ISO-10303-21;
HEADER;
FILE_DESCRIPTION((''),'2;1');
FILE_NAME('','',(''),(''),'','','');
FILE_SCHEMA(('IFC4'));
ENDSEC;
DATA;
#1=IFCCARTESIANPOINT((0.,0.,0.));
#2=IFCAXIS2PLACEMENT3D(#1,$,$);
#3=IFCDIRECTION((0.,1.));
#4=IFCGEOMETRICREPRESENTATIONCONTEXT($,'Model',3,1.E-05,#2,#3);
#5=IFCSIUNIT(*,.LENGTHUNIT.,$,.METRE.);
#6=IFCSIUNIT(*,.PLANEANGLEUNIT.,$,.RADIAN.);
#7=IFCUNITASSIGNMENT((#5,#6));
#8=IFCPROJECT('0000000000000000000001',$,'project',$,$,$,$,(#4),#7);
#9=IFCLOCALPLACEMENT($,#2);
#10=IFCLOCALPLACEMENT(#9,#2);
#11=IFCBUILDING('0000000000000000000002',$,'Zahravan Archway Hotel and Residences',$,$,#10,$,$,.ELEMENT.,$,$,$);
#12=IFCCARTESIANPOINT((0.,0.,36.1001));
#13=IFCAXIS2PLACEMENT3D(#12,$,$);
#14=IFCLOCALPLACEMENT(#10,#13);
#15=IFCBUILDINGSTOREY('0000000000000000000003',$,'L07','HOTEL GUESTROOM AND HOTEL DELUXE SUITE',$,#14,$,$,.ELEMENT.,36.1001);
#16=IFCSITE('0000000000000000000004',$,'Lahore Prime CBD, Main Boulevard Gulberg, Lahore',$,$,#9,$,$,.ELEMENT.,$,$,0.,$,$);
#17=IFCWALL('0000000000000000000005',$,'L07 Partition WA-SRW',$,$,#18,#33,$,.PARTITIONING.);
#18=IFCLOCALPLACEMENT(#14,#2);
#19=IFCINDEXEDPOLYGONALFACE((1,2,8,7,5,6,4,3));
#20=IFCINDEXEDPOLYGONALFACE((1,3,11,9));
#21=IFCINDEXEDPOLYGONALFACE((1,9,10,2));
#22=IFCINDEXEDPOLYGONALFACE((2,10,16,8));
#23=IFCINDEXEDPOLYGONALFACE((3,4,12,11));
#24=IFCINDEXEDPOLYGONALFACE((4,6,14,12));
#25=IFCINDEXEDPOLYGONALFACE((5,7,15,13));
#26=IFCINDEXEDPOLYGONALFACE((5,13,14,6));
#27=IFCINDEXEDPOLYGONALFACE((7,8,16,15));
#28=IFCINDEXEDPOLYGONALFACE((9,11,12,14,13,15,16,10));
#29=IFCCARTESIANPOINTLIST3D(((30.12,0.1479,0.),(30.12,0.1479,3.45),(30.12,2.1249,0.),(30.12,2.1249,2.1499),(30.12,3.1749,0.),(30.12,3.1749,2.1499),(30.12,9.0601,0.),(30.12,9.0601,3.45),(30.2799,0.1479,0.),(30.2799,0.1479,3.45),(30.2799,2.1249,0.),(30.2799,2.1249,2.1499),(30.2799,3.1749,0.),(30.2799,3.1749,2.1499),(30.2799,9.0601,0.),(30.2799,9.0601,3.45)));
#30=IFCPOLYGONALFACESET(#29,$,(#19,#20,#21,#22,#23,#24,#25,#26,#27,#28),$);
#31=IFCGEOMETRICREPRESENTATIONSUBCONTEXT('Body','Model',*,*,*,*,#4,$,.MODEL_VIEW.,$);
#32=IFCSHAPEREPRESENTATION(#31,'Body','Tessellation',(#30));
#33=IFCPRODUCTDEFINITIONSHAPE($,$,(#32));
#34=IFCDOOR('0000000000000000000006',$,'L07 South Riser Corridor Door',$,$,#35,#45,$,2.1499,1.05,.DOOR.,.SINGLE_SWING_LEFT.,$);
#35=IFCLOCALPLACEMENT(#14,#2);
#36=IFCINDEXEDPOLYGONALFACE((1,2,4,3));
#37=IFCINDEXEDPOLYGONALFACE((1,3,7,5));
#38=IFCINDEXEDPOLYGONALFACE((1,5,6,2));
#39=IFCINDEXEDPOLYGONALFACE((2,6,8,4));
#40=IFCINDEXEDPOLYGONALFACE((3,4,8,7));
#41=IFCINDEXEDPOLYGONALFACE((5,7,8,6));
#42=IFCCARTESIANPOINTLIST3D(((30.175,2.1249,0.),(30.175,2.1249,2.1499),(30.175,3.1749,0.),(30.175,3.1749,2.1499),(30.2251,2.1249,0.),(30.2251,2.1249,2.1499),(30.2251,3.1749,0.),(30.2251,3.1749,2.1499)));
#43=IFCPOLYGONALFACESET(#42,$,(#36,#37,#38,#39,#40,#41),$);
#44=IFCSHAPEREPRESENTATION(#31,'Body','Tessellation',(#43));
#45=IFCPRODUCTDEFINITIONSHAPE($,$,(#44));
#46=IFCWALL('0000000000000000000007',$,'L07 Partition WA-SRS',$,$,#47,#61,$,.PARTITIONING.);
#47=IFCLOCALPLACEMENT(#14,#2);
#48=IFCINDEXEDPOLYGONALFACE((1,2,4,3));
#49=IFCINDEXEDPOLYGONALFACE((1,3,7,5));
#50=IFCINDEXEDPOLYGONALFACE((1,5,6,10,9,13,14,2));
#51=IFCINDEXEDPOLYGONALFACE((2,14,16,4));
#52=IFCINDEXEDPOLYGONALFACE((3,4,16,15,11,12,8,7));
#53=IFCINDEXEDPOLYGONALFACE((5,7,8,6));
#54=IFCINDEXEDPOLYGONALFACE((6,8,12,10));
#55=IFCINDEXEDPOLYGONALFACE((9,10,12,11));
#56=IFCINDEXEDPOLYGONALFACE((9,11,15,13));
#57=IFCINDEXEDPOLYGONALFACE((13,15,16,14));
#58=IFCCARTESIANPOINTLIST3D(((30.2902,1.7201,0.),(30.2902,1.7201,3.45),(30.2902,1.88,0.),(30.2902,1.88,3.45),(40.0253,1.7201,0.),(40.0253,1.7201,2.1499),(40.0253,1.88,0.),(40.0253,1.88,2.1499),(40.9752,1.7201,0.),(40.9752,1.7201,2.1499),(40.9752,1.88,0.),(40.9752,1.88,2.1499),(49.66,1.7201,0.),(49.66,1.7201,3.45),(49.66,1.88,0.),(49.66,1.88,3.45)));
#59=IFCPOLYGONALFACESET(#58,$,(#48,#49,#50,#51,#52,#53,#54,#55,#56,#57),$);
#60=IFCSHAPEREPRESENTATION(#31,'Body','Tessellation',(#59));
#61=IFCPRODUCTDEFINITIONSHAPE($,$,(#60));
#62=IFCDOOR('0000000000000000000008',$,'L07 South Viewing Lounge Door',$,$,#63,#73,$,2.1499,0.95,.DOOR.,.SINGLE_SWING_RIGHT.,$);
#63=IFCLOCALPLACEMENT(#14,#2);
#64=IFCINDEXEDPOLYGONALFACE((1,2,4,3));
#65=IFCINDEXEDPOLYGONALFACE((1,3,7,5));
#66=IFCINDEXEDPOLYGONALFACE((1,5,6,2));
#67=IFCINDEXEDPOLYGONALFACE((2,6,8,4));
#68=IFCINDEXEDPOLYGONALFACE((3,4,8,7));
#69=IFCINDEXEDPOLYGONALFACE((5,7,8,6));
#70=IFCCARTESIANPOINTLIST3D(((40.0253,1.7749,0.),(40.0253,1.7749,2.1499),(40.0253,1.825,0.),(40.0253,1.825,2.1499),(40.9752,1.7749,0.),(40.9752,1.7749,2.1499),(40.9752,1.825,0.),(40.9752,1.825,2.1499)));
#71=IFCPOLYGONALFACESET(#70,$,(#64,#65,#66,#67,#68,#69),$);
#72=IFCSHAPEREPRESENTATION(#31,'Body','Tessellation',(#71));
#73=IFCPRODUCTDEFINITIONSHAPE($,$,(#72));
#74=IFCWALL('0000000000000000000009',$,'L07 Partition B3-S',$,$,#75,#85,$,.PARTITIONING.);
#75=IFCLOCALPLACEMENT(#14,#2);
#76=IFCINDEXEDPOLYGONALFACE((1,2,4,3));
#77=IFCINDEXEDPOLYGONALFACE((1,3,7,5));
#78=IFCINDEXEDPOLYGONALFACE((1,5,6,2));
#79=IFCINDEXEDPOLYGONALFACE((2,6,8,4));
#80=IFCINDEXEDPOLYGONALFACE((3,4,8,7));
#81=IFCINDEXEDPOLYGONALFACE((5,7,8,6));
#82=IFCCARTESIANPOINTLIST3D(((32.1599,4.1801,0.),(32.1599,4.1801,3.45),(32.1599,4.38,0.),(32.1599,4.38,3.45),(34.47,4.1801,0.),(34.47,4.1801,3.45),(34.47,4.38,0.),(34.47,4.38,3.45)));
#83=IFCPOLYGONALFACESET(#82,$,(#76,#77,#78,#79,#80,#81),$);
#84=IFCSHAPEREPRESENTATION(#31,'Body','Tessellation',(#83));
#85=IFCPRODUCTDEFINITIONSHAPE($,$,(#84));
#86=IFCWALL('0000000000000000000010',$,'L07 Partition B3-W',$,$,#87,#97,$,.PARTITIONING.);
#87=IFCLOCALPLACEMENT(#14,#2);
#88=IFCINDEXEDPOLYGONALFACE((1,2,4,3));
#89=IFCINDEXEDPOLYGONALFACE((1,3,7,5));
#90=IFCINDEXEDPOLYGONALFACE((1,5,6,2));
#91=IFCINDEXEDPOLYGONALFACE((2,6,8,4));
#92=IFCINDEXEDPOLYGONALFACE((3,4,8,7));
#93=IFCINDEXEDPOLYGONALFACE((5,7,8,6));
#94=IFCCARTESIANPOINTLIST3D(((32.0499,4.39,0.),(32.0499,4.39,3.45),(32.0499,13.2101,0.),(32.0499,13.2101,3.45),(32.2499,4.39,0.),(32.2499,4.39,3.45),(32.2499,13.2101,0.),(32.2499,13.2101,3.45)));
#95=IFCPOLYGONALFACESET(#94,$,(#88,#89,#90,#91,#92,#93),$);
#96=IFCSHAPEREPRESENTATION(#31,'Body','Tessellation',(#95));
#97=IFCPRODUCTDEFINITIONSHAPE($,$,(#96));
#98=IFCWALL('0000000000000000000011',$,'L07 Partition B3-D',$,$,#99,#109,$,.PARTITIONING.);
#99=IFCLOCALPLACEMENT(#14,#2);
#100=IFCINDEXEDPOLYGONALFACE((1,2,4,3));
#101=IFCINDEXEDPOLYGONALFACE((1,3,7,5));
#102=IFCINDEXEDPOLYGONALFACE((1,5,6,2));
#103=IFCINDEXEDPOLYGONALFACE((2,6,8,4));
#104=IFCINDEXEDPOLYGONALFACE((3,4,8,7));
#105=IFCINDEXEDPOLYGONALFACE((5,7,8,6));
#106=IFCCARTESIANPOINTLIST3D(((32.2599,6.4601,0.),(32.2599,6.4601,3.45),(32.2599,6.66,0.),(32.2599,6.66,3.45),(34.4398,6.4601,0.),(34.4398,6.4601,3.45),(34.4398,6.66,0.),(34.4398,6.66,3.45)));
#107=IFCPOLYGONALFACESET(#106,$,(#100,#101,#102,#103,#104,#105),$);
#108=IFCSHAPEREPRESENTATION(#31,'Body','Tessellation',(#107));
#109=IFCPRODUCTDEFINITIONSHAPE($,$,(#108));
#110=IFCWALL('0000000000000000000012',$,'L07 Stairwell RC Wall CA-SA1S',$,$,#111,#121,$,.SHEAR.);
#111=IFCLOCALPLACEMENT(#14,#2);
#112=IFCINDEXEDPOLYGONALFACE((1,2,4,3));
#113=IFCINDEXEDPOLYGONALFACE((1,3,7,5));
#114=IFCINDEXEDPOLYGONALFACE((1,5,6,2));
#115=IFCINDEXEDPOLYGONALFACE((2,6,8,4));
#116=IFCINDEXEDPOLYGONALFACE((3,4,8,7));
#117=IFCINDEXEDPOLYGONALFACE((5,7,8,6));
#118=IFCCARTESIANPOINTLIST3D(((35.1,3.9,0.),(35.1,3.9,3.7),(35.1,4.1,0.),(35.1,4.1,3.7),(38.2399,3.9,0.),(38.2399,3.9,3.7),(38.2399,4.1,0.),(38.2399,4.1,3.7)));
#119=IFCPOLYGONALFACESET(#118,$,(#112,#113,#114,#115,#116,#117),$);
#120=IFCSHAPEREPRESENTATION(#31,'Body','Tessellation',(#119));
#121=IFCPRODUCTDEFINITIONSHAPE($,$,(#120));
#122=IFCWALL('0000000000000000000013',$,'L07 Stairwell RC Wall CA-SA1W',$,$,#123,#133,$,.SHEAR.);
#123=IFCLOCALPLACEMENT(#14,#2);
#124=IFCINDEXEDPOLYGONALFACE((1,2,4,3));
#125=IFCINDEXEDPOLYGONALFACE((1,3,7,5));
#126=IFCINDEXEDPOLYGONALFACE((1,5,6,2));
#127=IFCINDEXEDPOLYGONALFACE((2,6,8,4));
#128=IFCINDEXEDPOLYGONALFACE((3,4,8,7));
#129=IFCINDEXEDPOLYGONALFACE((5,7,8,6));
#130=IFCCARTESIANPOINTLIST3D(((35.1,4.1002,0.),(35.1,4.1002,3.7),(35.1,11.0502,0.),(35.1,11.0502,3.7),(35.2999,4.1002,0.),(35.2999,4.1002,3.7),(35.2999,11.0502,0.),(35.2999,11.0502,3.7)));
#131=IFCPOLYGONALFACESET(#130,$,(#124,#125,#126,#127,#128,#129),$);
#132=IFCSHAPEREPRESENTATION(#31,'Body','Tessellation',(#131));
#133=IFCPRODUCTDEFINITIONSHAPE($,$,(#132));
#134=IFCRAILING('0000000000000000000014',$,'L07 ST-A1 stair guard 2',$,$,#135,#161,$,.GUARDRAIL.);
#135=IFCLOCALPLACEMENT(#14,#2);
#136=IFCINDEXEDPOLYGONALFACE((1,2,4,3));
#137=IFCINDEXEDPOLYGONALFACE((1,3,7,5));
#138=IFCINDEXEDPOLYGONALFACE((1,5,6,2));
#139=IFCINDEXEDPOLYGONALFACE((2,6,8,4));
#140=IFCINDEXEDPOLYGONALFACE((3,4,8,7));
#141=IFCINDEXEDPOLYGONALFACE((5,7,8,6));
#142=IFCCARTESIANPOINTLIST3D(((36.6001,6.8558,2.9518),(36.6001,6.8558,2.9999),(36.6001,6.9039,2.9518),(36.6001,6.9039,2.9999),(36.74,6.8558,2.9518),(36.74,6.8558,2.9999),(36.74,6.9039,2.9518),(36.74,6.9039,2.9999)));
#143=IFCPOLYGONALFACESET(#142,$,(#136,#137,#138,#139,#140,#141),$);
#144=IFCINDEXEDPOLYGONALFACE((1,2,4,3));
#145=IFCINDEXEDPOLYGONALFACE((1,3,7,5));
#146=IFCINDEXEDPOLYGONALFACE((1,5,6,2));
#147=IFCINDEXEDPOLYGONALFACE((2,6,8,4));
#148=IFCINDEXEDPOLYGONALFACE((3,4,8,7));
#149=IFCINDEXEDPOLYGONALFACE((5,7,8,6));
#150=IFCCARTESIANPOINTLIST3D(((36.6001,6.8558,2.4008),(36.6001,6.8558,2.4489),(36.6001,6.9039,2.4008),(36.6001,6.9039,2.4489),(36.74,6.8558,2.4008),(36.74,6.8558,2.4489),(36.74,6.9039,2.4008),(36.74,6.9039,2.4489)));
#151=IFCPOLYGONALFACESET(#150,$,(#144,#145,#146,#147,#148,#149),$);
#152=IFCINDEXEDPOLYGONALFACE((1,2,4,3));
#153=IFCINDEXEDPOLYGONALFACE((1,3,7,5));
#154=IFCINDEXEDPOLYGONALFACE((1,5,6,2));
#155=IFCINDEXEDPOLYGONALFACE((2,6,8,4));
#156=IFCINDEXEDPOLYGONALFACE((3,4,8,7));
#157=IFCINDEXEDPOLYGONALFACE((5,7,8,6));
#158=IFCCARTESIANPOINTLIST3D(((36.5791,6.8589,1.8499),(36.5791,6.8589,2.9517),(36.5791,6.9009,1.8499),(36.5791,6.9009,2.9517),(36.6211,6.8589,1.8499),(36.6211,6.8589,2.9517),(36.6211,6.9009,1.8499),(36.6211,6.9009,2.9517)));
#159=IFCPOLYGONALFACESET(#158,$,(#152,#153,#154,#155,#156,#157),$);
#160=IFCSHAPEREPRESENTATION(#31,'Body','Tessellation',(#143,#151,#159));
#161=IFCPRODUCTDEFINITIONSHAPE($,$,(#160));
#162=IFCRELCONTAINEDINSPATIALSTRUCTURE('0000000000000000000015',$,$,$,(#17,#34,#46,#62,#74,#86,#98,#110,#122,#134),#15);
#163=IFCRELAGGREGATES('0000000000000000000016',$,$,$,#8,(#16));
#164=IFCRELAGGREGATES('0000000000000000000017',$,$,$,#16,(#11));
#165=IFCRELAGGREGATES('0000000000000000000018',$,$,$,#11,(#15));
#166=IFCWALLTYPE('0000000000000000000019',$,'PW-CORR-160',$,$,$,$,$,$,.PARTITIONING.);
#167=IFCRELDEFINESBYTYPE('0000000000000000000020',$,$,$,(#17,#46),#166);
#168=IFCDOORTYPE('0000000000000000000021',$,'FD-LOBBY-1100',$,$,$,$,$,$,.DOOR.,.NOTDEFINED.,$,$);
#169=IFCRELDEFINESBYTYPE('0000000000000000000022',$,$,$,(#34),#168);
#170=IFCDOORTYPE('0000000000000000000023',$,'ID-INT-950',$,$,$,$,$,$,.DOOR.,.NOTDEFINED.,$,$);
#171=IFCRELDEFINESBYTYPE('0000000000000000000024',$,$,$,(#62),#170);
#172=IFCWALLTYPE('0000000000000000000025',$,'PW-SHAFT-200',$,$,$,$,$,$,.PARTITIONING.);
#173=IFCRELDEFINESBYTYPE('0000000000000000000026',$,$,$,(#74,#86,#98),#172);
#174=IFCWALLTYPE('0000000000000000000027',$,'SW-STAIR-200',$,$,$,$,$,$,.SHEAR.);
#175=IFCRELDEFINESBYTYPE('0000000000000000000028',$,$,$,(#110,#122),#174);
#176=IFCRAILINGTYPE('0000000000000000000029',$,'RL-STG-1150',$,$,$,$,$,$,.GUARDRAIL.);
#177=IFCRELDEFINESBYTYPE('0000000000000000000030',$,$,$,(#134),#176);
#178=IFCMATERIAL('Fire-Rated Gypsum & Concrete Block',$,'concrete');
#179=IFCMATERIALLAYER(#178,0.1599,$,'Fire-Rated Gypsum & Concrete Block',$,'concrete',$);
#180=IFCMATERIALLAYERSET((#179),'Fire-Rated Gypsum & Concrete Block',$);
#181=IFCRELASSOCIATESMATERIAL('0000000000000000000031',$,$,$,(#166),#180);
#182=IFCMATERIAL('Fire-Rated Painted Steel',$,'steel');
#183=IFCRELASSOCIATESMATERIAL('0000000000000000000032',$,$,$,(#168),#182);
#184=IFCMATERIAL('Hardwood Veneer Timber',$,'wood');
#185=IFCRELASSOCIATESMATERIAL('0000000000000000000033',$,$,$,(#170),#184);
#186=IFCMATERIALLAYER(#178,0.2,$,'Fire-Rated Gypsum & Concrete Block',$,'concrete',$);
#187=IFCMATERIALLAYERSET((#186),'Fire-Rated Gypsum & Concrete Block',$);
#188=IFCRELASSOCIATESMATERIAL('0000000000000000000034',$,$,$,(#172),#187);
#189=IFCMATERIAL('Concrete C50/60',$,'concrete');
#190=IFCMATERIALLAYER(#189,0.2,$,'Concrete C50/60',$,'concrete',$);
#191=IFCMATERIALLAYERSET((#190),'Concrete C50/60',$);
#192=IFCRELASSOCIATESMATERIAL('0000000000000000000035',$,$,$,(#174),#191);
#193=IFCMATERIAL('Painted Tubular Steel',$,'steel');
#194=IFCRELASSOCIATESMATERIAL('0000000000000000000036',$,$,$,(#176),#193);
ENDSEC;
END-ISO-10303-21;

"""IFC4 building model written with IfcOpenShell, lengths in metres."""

from ifc_helpers import new_model, si_unit, direction, frame, frame_2d, origin, origin_2d, place, context, subcontext, project, spatial, rectangle, extrude, source, transform, mapped, material, layer, layer_set, type_object, type_shapes, element, fill, save


model = new_model("IFC4")

# Units and contexts
model_context = context("Model", 3, precision=1e-05, world=origin(), true_north=direction((0.0, 1.0)))
body_context = subcontext(model_context, "Body", "Model", "MODEL_VIEW")
ifc_project = project(units=[si_unit("LENGTHUNIT", "METRE"), si_unit("PLANEANGLEUNIT", "RADIAN")], contexts=[model_context])

# Site, building, storey
site_placement = place(None, origin())
site = spatial("IfcSite", under=ifc_project, at=site_placement, Name="Lahore Prime CBD, Main Boulevard Gulberg, Lahore", CompositionType="ELEMENT", RefElevation=0.0)
building_placement = place(site_placement, origin())
building = spatial("IfcBuilding", under=site, at=building_placement, Name="Zahravan Archway Hotel and Residences", CompositionType="ELEMENT")
storey_placement = place(building_placement, frame((0.0, 0.0, 36.1001)))
storey = spatial("IfcBuildingStorey", under=building, at=storey_placement, Name="L07", Description="HOTEL GUESTROOM AND HOTEL DELUXE SUITE", CompositionType="ELEMENT", Elevation=36.1001)

# Shared definitions
ifc_material_1 = material(Name="Fire-Rated Painted Steel", Category="steel")

# Walls, openings, doors
ifc_material_2 = material(Name="Fire-Rated Gypsum & Concrete Block", Category="concrete")
ifc_layer_1 = layer(ifc_material_2, 0.1599, Name="Fire-Rated Gypsum & Concrete Block", Category="concrete")
ifc_layer_set_1 = layer_set([ifc_layer_1], Name="Fire-Rated Gypsum & Concrete Block")
wall_type_1 = type_object("IfcWallType", Name="PW-CORR-160", PredefinedType="PARTITIONING", material=ifc_layer_set_1)
wall_1_placement = place(storey_placement, frame((30.2, 0.1479, 0.0), z_axis=(0.0, 0.0, 1.0), x_axis=(0.0, 1.0, 0.0)))
wall_1 = element("IfcWall", 1, at=wall_1_placement, inside=storey, type_object=wall_type_1, Name="L07 Partition WA-SRW", PredefinedType="PARTITIONING", context=body_context, shape_type="SweptSolid", body=[
    extrude(rectangle(XDim=8.9121, YDim=0.1599, at=frame_2d((4.4561, 0.0))), origin(), (0.0, 0.0, 1.0), 3.45),
])
opening_1_placement = place(wall_1_placement, frame((1.9771, 0.0, 0.0)))
opening_1 = element("IfcOpeningElement", 2, at=opening_1_placement, cuts=wall_1, PredefinedType="OPENING", context=body_context, shape_type="SweptSolid", body=[
    extrude(rectangle(XDim=1.05, YDim=2.1499, at=frame_2d((0.5249, 1.075))), frame((0.0, 0.0898, 0.0), z_axis=(0.0, -1.0, 0.0), x_axis=(1.0, 0.0, 0.0)), (0.0, 0.0, 1.0), 0.1799),
])
door_type_1 = type_object("IfcDoorType", Name="FD-LOBBY-1100", OperationType="NOTDEFINED", PredefinedType="DOOR", material=ifc_material_1)
shared_shape_1 = source(origin(), body_context, "Body", "SweptSolid", [
    extrude(rectangle(XDim=1.05, YDim=2.1499, at=frame_2d((0.5249, 1.075))), frame((0.0, 0.0249, 0.0), z_axis=(0.0, -1.0, 0.0), x_axis=(1.0, 0.0, 0.0)), (0.0, 0.0, 1.0), 0.05),
])
type_shapes(door_type_1, [shared_shape_1])
door_1_placement = place(opening_1_placement, origin())
door_1 = element("IfcDoor", 3, at=door_1_placement, inside=storey, type_object=door_type_1, Name="L07 South Riser Corridor Door", OperationType="SINGLE_SWING_LEFT", OverallHeight=2.1499, OverallWidth=1.05, PredefinedType="DOOR", context=body_context, shape_type="MappedRepresentation", body=[
    mapped(shared_shape_1, transform((0.0, 0.0, 0.0), scale=1.0)),
])
fill(opening_1, door_1)
wall_2_placement = place(storey_placement, frame((30.29, 1.8, 0.0), z_axis=(0.0, 0.0, 1.0), x_axis=(1.0, 0.0, 0.0)))
wall_2 = element("IfcWall", 4, at=wall_2_placement, inside=storey, type_object=wall_type_1, Name="L07 Partition WA-SRS", PredefinedType="PARTITIONING", context=body_context, shape_type="SweptSolid", body=[
    extrude(rectangle(XDim=19.3699, YDim=0.1599, at=frame_2d((9.6851, 0.0))), origin(), (0.0, 0.0, 1.0), 3.45),
])
opening_2_placement = place(wall_2_placement, frame((9.7351, 0.0, 0.0)))
opening_2 = element("IfcOpeningElement", 5, at=opening_2_placement, cuts=wall_2, PredefinedType="OPENING", context=body_context, shape_type="SweptSolid", body=[
    extrude(rectangle(XDim=0.95, YDim=2.1499, at=frame_2d((0.4751, 1.075))), frame((0.0, 0.0898, 0.0), z_axis=(0.0, -1.0, 0.0), x_axis=(1.0, 0.0, 0.0)), (0.0, 0.0, 1.0), 0.1799),
])
ifc_material_3 = material(Name="Hardwood Veneer Timber", Category="wood")
door_type_2 = type_object("IfcDoorType", Name="ID-INT-950", OperationType="NOTDEFINED", PredefinedType="DOOR", material=ifc_material_3)
shared_shape_2 = source(origin(), body_context, "Body", "SweptSolid", [
    extrude(rectangle(XDim=0.95, YDim=2.1499, at=frame_2d((0.4751, 1.075))), frame((0.0, 0.0249, 0.0), z_axis=(0.0, -1.0, 0.0), x_axis=(1.0, 0.0, 0.0)), (0.0, 0.0, 1.0), 0.05),
])
type_shapes(door_type_2, [shared_shape_2])
door_2_placement = place(opening_2_placement, origin())
door_2 = element("IfcDoor", 6, at=door_2_placement, inside=storey, type_object=door_type_2, Name="L07 South Viewing Lounge Door", OperationType="SINGLE_SWING_RIGHT", OverallHeight=2.1499, OverallWidth=0.95, PredefinedType="DOOR", context=body_context, shape_type="MappedRepresentation", body=[
    mapped(shared_shape_2, transform((0.0, 0.0, 0.0), scale=1.0)),
])
fill(opening_2, door_2)

# Walls
ifc_layer_2 = layer(ifc_material_2, 0.2, Name="Fire-Rated Gypsum & Concrete Block", Category="concrete")
ifc_layer_set_2 = layer_set([ifc_layer_2], Name="Fire-Rated Gypsum & Concrete Block")
wall_type_2 = type_object("IfcWallType", Name="PW-SHAFT-200", PredefinedType="PARTITIONING", material=ifc_layer_set_2)
wall_3_placement = place(storey_placement, frame((32.1599, 4.28, 0.0), z_axis=(0.0, 0.0, 1.0), x_axis=(1.0, 0.0, 0.0)))
element("IfcWall", 7, at=wall_3_placement, inside=storey, type_object=wall_type_2, Name="L07 Partition B3-S", PredefinedType="PARTITIONING", context=body_context, shape_type="SweptSolid", body=[
    extrude(rectangle(XDim=2.3101, YDim=0.2, at=frame_2d((1.155, 0.0))), origin(), (0.0, 0.0, 1.0), 3.45),
])
wall_4_placement = place(storey_placement, frame((32.1499, 4.3899, 0.0), z_axis=(0.0, 0.0, 1.0), x_axis=(0.0, 1.0, 0.0)))
element("IfcWall", 8, at=wall_4_placement, inside=storey, type_object=wall_type_2, Name="L07 Partition B3-W", PredefinedType="PARTITIONING", context=body_context, shape_type="SweptSolid", body=[
    extrude(rectangle(XDim=8.8201, YDim=0.2, at=frame_2d((4.4102, 0.0))), origin(), (0.0, 0.0, 1.0), 3.45),
])
wall_5_placement = place(storey_placement, frame((32.26, 6.5601, 0.0), z_axis=(0.0, 0.0, 1.0), x_axis=(1.0, 0.0, 0.0)))
element("IfcWall", 9, at=wall_5_placement, inside=storey, type_object=wall_type_2, Name="L07 Partition B3-D", PredefinedType="PARTITIONING", context=body_context, shape_type="SweptSolid", body=[
    extrude(rectangle(XDim=2.1799, YDim=0.2, at=frame_2d((1.0898, 0.0))), origin(), (0.0, 0.0, 1.0), 3.45),
])
ifc_material_4 = material(Name="Concrete C50/60", Category="concrete")
ifc_layer_3 = layer(ifc_material_4, 0.2, Name="Concrete C50/60", Category="concrete")
ifc_layer_set_3 = layer_set([ifc_layer_3], Name="Concrete C50/60")
wall_type_3 = type_object("IfcWallType", Name="SW-STAIR-200", PredefinedType="SHEAR", material=ifc_layer_set_3)
wall_6_placement = place(storey_placement, frame((35.1001, 4.0, 0.0), z_axis=(0.0, 0.0, 1.0), x_axis=(1.0, 0.0, 0.0)))
element("IfcWall", 10, at=wall_6_placement, inside=storey, type_object=wall_type_3, Name="L07 Stairwell RC Wall CA-SA1S", PredefinedType="SHEAR", context=body_context, shape_type="SweptSolid", body=[
    extrude(rectangle(XDim=3.1399, YDim=0.2, at=frame_2d((1.5698, 0.0))), origin(), (0.0, 0.0, 1.0), 3.7),
])
wall_7_placement = place(storey_placement, frame((35.2, 4.1001, 0.0), z_axis=(0.0, 0.0, 1.0), x_axis=(0.0, 1.0, 0.0)))
element("IfcWall", 11, at=wall_7_placement, inside=storey, type_object=wall_type_3, Name="L07 Stairwell RC Wall CA-SA1W", PredefinedType="SHEAR", context=body_context, shape_type="SweptSolid", body=[
    extrude(rectangle(XDim=6.95, YDim=0.2, at=frame_2d((3.4751, 0.0))), origin(), (0.0, 0.0, 1.0), 3.7),
])

# Railing
ifc_material_5 = material(Name="Painted Tubular Steel", Category="steel")
railing_type = type_object("IfcRailingType", Name="RL-STG-1150", PredefinedType="GUARDRAIL", material=ifc_material_5)
railing_1_placement = place(storey_placement, frame((36.6001, 6.8799, 1.8499)))
element("IfcRailing", 12, at=railing_1_placement, inside=storey, type_object=railing_type, Name="L07 ST-A1 stair guard 2", PredefinedType="GUARDRAIL", context=body_context, shape_type="SweptSolid", body=[
    extrude(rectangle(XDim=0.0481, YDim=0.0481, at=origin_2d()), frame((0.0, 0.0, 1.126), z_axis=(1.0, 0.0, 0.0), x_axis=(0.0, 1.0, 0.0)), (0.0, 0.0, 1.0), 0.1399),
    extrude(rectangle(XDim=0.0481, YDim=0.0481, at=origin_2d()), frame((0.0, 0.0, 0.575), z_axis=(1.0, 0.0, 0.0), x_axis=(0.0, 1.0, 0.0)), (0.0, 0.0, 1.0), 0.1399),
    extrude(rectangle(XDim=0.042, YDim=0.042, at=origin_2d()), origin(), (0.0, 0.0, 1.0), 1.1018),
])

save(model, "model.ifc")
